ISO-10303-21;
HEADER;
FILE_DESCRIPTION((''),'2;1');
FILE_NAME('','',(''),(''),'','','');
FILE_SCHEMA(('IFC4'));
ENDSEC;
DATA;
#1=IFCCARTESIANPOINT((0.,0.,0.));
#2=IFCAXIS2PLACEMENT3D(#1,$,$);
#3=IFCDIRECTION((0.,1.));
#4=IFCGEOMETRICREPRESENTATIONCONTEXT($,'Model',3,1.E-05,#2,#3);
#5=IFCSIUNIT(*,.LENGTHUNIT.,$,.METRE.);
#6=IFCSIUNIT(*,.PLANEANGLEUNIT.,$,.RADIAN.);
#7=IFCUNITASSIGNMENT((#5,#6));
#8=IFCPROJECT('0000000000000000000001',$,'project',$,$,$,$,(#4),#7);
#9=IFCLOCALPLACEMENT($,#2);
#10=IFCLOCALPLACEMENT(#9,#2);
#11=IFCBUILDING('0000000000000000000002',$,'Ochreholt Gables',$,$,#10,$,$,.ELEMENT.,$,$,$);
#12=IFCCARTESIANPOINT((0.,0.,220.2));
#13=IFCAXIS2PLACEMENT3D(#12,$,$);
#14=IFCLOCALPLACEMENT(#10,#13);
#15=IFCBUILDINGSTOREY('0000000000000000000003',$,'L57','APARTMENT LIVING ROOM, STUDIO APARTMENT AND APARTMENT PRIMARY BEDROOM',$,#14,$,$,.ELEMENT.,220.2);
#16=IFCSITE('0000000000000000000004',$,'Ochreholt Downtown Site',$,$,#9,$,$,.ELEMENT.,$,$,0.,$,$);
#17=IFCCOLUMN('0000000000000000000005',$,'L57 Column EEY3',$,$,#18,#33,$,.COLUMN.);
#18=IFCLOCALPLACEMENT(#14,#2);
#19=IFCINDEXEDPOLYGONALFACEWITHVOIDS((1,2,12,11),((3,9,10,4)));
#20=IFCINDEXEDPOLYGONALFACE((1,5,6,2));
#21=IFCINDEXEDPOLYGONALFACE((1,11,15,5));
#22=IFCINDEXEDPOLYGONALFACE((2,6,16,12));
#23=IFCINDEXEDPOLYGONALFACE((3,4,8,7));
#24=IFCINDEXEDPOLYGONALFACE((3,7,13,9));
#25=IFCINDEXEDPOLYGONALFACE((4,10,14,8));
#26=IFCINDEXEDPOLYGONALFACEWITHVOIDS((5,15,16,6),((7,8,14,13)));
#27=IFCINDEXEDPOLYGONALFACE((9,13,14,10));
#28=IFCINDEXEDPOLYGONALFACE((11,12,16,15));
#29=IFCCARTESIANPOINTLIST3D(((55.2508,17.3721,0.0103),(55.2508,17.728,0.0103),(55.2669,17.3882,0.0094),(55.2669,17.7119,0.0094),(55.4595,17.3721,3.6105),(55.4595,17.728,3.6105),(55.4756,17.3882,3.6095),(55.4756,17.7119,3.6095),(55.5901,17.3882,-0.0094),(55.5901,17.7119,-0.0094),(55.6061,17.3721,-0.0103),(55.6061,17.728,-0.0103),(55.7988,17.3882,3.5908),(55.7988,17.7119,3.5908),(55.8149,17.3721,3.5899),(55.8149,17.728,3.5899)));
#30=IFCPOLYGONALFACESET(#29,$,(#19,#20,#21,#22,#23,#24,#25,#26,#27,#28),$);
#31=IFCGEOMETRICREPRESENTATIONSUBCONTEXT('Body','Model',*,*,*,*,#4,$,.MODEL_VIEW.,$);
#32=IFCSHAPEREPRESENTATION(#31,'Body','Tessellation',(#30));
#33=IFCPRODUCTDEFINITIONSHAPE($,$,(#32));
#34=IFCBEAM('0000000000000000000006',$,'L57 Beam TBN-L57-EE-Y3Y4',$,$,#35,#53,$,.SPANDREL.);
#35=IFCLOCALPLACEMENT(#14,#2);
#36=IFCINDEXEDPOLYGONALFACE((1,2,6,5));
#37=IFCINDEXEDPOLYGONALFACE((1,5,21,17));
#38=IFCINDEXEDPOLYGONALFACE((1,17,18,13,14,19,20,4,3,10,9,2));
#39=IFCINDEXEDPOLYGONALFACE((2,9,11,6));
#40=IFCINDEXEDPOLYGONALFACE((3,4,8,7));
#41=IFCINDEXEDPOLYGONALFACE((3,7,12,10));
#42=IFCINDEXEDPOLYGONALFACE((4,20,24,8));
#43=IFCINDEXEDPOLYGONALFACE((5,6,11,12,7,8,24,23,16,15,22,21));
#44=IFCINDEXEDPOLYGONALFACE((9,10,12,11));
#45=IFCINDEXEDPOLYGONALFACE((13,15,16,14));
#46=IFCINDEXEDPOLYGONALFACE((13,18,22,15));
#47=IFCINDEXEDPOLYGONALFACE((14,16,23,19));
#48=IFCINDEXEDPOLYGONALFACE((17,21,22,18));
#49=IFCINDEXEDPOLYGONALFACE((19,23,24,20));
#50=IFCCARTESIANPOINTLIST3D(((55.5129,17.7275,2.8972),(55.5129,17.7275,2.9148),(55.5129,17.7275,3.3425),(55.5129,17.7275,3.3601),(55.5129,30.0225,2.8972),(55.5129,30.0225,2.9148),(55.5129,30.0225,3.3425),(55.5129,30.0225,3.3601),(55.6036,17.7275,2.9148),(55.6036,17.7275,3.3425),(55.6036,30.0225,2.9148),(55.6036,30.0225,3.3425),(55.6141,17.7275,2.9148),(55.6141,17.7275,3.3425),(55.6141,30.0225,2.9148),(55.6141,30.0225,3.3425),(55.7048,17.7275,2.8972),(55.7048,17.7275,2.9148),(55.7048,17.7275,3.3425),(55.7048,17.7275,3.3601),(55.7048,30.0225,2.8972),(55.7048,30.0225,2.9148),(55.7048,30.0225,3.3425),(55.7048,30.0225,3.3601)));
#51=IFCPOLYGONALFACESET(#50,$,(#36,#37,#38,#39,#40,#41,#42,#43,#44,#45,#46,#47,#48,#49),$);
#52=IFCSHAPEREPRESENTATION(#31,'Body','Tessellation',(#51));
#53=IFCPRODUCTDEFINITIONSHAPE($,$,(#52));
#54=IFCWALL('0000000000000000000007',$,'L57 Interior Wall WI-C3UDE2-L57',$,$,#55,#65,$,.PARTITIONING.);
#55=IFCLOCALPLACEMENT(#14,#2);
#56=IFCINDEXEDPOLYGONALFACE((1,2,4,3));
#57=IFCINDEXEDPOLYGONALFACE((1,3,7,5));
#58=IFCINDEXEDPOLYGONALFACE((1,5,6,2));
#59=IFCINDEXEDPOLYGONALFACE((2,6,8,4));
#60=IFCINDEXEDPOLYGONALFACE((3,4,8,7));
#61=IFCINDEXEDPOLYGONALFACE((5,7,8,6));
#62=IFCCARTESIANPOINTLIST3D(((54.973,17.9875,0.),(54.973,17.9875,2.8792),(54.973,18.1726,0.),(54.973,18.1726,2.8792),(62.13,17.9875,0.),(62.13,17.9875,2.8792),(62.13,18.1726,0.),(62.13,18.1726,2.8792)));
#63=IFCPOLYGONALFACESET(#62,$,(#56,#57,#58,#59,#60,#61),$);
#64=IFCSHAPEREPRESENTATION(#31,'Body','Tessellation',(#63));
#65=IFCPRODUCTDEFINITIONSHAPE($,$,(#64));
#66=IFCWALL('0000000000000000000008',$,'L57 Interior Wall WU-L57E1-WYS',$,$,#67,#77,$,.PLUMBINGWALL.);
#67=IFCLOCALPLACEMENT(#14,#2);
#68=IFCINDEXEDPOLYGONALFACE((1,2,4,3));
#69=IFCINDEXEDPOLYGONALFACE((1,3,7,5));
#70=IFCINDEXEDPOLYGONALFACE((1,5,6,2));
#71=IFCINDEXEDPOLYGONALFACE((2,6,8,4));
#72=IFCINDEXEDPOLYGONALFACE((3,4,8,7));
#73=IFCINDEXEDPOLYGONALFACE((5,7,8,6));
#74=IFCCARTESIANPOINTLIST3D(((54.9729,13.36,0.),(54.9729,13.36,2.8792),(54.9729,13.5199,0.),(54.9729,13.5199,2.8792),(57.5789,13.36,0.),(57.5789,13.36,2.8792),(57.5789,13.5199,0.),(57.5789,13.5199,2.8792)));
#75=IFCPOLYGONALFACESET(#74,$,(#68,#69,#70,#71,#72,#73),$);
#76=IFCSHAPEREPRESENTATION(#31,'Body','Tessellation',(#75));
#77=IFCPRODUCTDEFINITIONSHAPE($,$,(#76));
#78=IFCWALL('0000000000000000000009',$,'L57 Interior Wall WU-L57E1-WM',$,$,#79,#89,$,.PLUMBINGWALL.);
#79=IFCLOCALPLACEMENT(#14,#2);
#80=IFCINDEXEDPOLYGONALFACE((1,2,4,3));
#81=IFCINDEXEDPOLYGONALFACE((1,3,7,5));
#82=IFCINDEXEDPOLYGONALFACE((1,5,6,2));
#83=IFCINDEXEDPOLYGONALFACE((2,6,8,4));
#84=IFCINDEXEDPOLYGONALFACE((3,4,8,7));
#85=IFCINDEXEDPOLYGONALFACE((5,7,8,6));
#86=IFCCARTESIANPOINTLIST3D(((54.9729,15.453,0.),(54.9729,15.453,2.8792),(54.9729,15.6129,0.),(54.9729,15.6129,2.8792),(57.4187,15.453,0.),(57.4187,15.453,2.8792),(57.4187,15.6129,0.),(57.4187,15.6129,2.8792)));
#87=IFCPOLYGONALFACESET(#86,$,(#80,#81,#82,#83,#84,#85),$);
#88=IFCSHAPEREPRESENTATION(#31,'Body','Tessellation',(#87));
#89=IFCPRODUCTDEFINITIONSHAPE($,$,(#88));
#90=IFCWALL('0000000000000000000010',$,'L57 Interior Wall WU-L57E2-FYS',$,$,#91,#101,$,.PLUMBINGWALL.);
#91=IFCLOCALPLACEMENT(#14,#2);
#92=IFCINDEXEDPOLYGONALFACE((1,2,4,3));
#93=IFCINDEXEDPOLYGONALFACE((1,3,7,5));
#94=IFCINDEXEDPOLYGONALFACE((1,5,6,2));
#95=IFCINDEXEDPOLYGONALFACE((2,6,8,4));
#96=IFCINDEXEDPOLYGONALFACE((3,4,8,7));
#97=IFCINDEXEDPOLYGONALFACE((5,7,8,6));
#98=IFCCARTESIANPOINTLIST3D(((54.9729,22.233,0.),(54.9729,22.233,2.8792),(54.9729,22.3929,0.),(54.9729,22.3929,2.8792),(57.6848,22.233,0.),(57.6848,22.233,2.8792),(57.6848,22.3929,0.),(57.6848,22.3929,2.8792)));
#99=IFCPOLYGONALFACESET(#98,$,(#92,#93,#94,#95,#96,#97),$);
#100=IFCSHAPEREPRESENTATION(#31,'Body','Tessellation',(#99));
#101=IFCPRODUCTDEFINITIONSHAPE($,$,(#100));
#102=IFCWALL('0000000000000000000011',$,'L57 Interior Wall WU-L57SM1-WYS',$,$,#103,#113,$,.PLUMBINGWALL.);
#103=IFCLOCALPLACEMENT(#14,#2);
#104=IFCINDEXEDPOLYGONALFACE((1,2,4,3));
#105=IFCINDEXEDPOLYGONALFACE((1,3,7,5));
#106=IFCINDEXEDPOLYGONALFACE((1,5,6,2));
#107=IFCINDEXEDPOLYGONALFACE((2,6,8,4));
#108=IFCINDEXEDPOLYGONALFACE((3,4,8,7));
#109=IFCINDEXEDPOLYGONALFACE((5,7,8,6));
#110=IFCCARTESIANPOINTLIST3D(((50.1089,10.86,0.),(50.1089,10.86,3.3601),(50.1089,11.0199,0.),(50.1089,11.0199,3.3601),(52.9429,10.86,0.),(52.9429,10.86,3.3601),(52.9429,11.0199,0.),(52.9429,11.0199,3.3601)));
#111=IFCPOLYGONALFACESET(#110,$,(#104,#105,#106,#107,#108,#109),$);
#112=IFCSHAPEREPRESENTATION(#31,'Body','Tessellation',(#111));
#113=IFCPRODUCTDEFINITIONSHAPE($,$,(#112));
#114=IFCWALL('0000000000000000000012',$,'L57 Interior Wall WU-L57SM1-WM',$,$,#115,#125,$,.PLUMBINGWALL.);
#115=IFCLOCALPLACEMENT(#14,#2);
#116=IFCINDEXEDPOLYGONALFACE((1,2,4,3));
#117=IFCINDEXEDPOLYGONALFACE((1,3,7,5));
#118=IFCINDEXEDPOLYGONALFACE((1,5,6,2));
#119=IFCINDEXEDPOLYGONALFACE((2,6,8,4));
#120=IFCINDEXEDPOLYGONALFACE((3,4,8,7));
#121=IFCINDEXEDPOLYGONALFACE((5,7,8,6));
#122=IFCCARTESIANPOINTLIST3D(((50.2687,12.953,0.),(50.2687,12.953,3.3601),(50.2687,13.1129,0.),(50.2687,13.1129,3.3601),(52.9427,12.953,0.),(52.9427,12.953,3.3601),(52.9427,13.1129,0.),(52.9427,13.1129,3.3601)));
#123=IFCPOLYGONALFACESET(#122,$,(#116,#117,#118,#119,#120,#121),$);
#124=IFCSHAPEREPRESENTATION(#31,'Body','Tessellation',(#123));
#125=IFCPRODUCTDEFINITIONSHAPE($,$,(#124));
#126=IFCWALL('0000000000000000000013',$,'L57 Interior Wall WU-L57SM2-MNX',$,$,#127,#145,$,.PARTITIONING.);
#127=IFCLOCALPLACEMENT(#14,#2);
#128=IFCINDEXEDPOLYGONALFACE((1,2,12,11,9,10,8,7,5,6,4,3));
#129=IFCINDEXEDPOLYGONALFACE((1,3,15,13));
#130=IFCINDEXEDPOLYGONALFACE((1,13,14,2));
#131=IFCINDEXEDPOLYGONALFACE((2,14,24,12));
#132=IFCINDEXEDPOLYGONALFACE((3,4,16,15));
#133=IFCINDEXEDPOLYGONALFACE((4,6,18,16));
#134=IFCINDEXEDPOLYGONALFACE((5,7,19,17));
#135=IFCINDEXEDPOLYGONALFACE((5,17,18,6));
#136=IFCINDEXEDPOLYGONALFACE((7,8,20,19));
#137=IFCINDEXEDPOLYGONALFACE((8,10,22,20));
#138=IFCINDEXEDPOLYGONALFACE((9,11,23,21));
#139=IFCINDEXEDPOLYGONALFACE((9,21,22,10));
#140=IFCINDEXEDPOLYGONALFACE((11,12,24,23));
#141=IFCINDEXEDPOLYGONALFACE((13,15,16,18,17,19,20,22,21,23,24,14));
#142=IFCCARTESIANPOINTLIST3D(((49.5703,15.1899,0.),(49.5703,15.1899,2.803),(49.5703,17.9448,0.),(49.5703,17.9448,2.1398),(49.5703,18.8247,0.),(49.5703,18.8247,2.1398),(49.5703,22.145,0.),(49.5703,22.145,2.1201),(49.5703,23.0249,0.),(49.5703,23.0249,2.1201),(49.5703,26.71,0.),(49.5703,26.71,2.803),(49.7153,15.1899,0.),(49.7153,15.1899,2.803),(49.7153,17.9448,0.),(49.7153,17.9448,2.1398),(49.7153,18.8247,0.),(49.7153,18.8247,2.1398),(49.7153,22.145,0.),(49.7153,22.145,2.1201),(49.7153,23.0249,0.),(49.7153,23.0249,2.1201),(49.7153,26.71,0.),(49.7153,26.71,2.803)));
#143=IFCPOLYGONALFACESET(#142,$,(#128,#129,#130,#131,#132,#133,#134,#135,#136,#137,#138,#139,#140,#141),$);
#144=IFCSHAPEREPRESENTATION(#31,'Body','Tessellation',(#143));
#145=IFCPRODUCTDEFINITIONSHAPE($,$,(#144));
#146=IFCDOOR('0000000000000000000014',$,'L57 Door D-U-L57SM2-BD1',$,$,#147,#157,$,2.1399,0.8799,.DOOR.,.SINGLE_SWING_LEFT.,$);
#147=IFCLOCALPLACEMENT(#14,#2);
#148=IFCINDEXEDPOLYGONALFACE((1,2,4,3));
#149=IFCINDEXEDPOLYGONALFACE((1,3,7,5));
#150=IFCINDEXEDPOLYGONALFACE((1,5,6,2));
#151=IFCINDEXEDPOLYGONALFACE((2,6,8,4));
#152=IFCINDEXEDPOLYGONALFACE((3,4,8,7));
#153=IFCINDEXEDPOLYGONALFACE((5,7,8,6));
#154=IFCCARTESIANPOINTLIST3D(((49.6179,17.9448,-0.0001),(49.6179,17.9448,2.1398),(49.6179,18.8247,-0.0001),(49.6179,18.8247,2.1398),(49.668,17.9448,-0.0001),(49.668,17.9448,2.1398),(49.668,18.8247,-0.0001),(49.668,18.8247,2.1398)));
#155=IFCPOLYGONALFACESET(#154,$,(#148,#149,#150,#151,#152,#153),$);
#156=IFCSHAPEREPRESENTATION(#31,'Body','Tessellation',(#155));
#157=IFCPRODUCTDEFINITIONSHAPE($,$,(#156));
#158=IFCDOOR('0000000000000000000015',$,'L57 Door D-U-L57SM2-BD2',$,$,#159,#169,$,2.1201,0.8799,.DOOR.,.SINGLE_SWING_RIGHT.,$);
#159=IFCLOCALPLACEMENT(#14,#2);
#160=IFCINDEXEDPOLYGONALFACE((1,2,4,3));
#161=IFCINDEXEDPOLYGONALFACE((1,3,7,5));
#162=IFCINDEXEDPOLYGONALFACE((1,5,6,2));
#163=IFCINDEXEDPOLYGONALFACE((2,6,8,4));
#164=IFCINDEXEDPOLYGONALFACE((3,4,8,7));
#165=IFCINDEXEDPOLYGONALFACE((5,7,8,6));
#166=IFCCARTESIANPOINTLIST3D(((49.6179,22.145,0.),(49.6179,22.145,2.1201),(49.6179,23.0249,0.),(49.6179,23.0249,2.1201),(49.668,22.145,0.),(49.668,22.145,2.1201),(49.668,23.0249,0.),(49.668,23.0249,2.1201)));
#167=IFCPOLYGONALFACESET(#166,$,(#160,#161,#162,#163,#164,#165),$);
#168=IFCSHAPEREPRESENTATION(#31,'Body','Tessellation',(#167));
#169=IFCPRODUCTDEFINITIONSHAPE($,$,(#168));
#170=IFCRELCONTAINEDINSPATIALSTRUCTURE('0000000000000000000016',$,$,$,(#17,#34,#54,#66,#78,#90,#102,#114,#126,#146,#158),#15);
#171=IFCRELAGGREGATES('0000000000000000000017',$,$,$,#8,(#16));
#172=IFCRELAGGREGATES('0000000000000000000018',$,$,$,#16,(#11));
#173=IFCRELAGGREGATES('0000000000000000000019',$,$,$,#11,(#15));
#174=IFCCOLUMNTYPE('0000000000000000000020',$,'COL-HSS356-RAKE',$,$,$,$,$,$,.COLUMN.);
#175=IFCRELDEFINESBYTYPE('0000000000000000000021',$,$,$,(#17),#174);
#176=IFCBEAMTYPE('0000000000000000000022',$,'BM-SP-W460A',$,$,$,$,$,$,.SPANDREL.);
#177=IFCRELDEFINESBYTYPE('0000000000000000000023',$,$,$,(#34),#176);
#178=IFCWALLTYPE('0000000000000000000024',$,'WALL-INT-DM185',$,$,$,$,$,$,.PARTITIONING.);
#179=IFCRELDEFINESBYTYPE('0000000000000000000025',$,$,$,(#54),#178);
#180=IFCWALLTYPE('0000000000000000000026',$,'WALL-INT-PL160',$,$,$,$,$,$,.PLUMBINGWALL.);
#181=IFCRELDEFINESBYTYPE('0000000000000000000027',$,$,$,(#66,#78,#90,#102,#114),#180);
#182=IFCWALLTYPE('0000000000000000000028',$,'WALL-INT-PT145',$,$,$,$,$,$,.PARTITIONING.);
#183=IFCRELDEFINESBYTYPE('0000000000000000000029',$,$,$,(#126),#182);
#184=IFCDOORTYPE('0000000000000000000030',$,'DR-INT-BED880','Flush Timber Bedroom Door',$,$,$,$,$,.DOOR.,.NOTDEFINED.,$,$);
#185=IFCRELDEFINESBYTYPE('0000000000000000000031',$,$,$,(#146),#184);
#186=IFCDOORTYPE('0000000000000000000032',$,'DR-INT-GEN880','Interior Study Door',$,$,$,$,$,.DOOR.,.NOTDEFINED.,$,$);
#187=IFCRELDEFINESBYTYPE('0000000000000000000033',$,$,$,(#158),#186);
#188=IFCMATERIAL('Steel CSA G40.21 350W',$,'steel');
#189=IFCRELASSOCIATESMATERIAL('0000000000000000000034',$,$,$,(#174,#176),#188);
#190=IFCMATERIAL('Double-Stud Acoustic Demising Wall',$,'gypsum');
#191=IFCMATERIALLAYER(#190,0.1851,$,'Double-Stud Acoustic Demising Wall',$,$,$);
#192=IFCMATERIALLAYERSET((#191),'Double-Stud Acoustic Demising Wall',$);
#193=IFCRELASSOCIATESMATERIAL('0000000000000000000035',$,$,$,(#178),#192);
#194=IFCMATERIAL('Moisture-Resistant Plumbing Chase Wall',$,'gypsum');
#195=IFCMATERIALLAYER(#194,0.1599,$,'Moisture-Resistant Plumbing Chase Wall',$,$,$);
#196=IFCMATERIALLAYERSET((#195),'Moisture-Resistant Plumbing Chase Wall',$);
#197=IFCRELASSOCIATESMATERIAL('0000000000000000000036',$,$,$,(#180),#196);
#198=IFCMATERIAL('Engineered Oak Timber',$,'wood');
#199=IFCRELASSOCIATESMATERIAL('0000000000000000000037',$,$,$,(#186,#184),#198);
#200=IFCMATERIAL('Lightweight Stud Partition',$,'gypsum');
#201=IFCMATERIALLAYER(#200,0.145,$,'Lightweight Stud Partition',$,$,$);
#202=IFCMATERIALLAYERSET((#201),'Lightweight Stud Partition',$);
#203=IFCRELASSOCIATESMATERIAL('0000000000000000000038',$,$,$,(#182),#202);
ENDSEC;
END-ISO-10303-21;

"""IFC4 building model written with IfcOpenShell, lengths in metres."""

from ifc_helpers import new_model, si_unit, direction, frame, frame_2d, origin, origin_2d, place, context, subcontext, project, spatial, rectangle, hollow_rectangle, i_section, extrude, material, layer, layer_set, material_profile, profile_set, type_object, element, fill, save


model = new_model("IFC4")

# Units and contexts
model_context = context("Model", 3, precision=1e-05, world=origin(), true_north=direction((0.0, 1.0)))
body_context = subcontext(model_context, "Body", "Model", "MODEL_VIEW")
ifc_project = project(units=[si_unit("LENGTHUNIT", "METRE"), si_unit("PLANEANGLEUNIT", "RADIAN")], contexts=[model_context])

# Site, building, storey
site_placement = place(None, origin())
site = spatial("IfcSite", under=ifc_project, at=site_placement, Name="Ochreholt Downtown Site", CompositionType="ELEMENT", RefElevation=0.0)
building_placement = place(site_placement, origin())
building = spatial("IfcBuilding", under=site, at=building_placement, Name="Ochreholt Gables", CompositionType="ELEMENT")
storey_placement = place(building_placement, frame((0.0, 0.0, 220.2)))
storey = spatial("IfcBuildingStorey", under=building, at=storey_placement, Name="L57", Description="APARTMENT LIVING ROOM, STUDIO APARTMENT AND APARTMENT PRIMARY BEDROOM", CompositionType="ELEMENT", Elevation=220.2)

# Column
ifc_material_1 = material(Name="Steel CSA G40.21 350W", Category="steel")
ifc_material_profile_1 = material_profile(ifc_material_1, hollow_rectangle(XDim=0.356, YDim=0.356, WallThickness=0.0161, at=origin_2d()), Name="HSS356X356X16")
ifc_profile_set_1 = profile_set([ifc_material_profile_1], Name="Steel CSA G40.21 350W")
column_type = type_object("IfcColumnType", Name="COL-HSS356-RAKE", PredefinedType="COLUMN", material=ifc_profile_set_1)
column_placement = place(storey_placement, frame((55.4285, 17.55, 0.0), z_axis=(0.057885, 0.0, 0.998323), x_axis=(0.0, 1.0, 0.0)))
element("IfcColumn", 1, at=column_placement, inside=storey, type_object=column_type, Name="L57 Column EEY3", PredefinedType="COLUMN", context=body_context, shape_type="SweptSolid", body=[
    extrude(hollow_rectangle(XDim=0.356, YDim=0.356, WallThickness=0.0161, at=origin_2d()), origin(), (0.0, 0.0, 1.0), 3.6062),
])

# Beam
ifc_material_profile_2 = material_profile(ifc_material_1, i_section(OverallWidth=0.1919, OverallDepth=0.4629, WebThickness=0.0105, FlangeThickness=0.0176, at=origin_2d()), Name="W460X89")
ifc_profile_set_2 = profile_set([ifc_material_profile_2], Name="Steel CSA G40.21 350W")
beam_type = type_object("IfcBeamType", Name="BM-SP-W460A", PredefinedType="SPANDREL", material=ifc_profile_set_2)
beam_placement = place(storey_placement, frame((55.6089, 17.7275, 3.1287), z_axis=(0.0, 1.0, 0.0), x_axis=(-1.0, 0.0, 0.0)))
element("IfcBeam", 2, at=beam_placement, inside=storey, type_object=beam_type, Name="L57 Beam TBN-L57-EE-Y3Y4", PredefinedType="SPANDREL", context=body_context, shape_type="SweptSolid", body=[
    extrude(i_section(OverallWidth=0.1919, OverallDepth=0.4629, WebThickness=0.0105, FlangeThickness=0.0176, at=origin_2d()), origin(), (0.0, 0.0, 1.0), 12.2949),
])

# Walls
ifc_material_2 = material(Name="Double-Stud Acoustic Demising Wall", Category="gypsum")
ifc_layer_1 = layer(ifc_material_2, 0.1851, Name="Double-Stud Acoustic Demising Wall")
ifc_layer_set_1 = layer_set([ifc_layer_1], Name="Double-Stud Acoustic Demising Wall")
wall_type_1 = type_object("IfcWallType", Name="WALL-INT-DM185", PredefinedType="PARTITIONING", material=ifc_layer_set_1)
wall_1_placement = place(storey_placement, frame((54.9729, 18.0801, 0.0), z_axis=(0.0, 0.0, 1.0), x_axis=(1.0, 0.0, 0.0)))
element("IfcWall", 3, at=wall_1_placement, inside=storey, type_object=wall_type_1, Name="L57 Interior Wall WI-C3UDE2-L57", PredefinedType="PARTITIONING", context=body_context, shape_type="SweptSolid", body=[
    extrude(rectangle(XDim=7.157, YDim=0.1851, at=frame_2d((3.5786, 0.0))), origin(), (0.0, 0.0, 1.0), 2.8792),
])
ifc_material_3 = material(Name="Moisture-Resistant Plumbing Chase Wall", Category="gypsum")
ifc_layer_2 = layer(ifc_material_3, 0.1599, Name="Moisture-Resistant Plumbing Chase Wall")
ifc_layer_set_2 = layer_set([ifc_layer_2], Name="Moisture-Resistant Plumbing Chase Wall")
wall_type_2 = type_object("IfcWallType", Name="WALL-INT-PL160", PredefinedType="PLUMBINGWALL", material=ifc_layer_set_2)
wall_2_placement = place(storey_placement, frame((54.9729, 13.4399, 0.0), z_axis=(0.0, 0.0, 1.0), x_axis=(1.0, 0.0, 0.0)))
element("IfcWall", 4, at=wall_2_placement, inside=storey, type_object=wall_type_2, Name="L57 Interior Wall WU-L57E1-WYS", PredefinedType="PLUMBINGWALL", context=body_context, shape_type="SweptSolid", body=[
    extrude(rectangle(XDim=2.606, YDim=0.1599, at=frame_2d((1.303, 0.0))), origin(), (0.0, 0.0, 1.0), 2.8792),
])

# Shared definitions
ifc_material_4 = material(Name="Engineered Oak Timber", Category="wood")
door_type_1 = type_object("IfcDoorType", Name="DR-INT-GEN880", Description="Interior Study Door", OperationType="NOTDEFINED", PredefinedType="DOOR", material=ifc_material_4)

# Walls
wall_3_placement = place(storey_placement, frame((54.9729, 15.533, 0.0), z_axis=(0.0, 0.0, 1.0), x_axis=(1.0, 0.0, 0.0)))
element("IfcWall", 5, at=wall_3_placement, inside=storey, type_object=wall_type_2, Name="L57 Interior Wall WU-L57E1-WM", PredefinedType="PLUMBINGWALL", context=body_context, shape_type="SweptSolid", body=[
    extrude(rectangle(XDim=2.4458, YDim=0.1599, at=frame_2d((1.2229, 0.0))), origin(), (0.0, 0.0, 1.0), 2.8792),
])
wall_4_placement = place(storey_placement, frame((54.9729, 22.313, 0.0), z_axis=(0.0, 0.0, 1.0), x_axis=(1.0, 0.0, 0.0)))
element("IfcWall", 6, at=wall_4_placement, inside=storey, type_object=wall_type_2, Name="L57 Interior Wall WU-L57E2-FYS", PredefinedType="PLUMBINGWALL", context=body_context, shape_type="SweptSolid", body=[
    extrude(rectangle(XDim=2.7119, YDim=0.1599, at=frame_2d((1.356, 0.0))), origin(), (0.0, 0.0, 1.0), 2.8792),
])

# Walls
wall_5_placement = place(storey_placement, frame((50.1089, 10.9399, 0.0), z_axis=(0.0, 0.0, 1.0), x_axis=(1.0, 0.0, 0.0)))
element("IfcWall", 7, at=wall_5_placement, inside=storey, type_object=wall_type_2, Name="L57 Interior Wall WU-L57SM1-WYS", PredefinedType="PLUMBINGWALL", context=body_context, shape_type="SweptSolid", body=[
    extrude(rectangle(XDim=2.834, YDim=0.1599, at=frame_2d((1.417, 0.0))), origin(), (0.0, 0.0, 1.0), 3.3601),
])
wall_6_placement = place(storey_placement, frame((50.2688, 13.033, 0.0), z_axis=(0.0, 0.0, 1.0), x_axis=(1.0, 0.0, 0.0)))
element("IfcWall", 8, at=wall_6_placement, inside=storey, type_object=wall_type_2, Name="L57 Interior Wall WU-L57SM1-WM", PredefinedType="PLUMBINGWALL", context=body_context, shape_type="SweptSolid", body=[
    extrude(rectangle(XDim=2.6741, YDim=0.1599, at=frame_2d((1.3369, 0.0))), origin(), (0.0, 0.0, 1.0), 3.3601),
])

# Wall, openings, doors
ifc_material_5 = material(Name="Lightweight Stud Partition", Category="gypsum")
ifc_layer_3 = layer(ifc_material_5, 0.145, Name="Lightweight Stud Partition")
ifc_layer_set_3 = layer_set([ifc_layer_3], Name="Lightweight Stud Partition")
wall_type_3 = type_object("IfcWallType", Name="WALL-INT-PT145", PredefinedType="PARTITIONING", material=ifc_layer_set_3)
wall_7_placement = place(storey_placement, frame((49.6428, 15.1899, 0.0), z_axis=(0.0, 0.0, 1.0), x_axis=(0.0, 1.0, 0.0)))
wall_7 = element("IfcWall", 9, at=wall_7_placement, inside=storey, type_object=wall_type_3, Name="L57 Interior Wall WU-L57SM2-MNX", PredefinedType="PARTITIONING", context=body_context, shape_type="SweptSolid", body=[
    extrude(rectangle(XDim=11.52, YDim=0.145, at=frame_2d((5.76, 0.0))), origin(), (0.0, 0.0, 1.0), 2.803),
])
opening_1_placement = place(wall_7_placement, frame((2.7549, 0.0, 0.0)))
opening_1 = element("IfcOpeningElement", 10, at=opening_1_placement, cuts=wall_7, PredefinedType="OPENING", context=body_context, shape_type="SweptSolid", body=[
    extrude(rectangle(XDim=0.8799, YDim=2.1399, at=frame_2d((0.4399, 1.0698))), frame((0.0, 0.0825, 0.0), z_axis=(0.0, -1.0, 0.0), x_axis=(1.0, 0.0, 0.0)), (0.0, 0.0, 1.0), 0.165),
])
opening_2_placement = place(wall_7_placement, frame((6.9551, 0.0, 0.0)))
opening_2 = element("IfcOpeningElement", 11, at=opening_2_placement, cuts=wall_7, PredefinedType="OPENING", context=body_context, shape_type="SweptSolid", body=[
    extrude(rectangle(XDim=0.8799, YDim=2.1201, at=frame_2d((0.4399, 1.0601))), frame((0.0, 0.0825, 0.0), z_axis=(0.0, -1.0, 0.0), x_axis=(1.0, 0.0, 0.0)), (0.0, 0.0, 1.0), 0.165),
])
door_type_2 = type_object("IfcDoorType", Name="DR-INT-BED880", Description="Flush Timber Bedroom Door", OperationType="NOTDEFINED", PredefinedType="DOOR", material=ifc_material_4)
door_1_placement = place(opening_1_placement, origin())
door_1 = element("IfcDoor", 12, at=door_1_placement, inside=storey, type_object=door_type_2, Name="L57 Door D-U-L57SM2-BD1", OperationType="SINGLE_SWING_LEFT", OverallHeight=2.1399, OverallWidth=0.8799, PredefinedType="DOOR", context=body_context, shape_type="SweptSolid", body=[
    extrude(rectangle(XDim=0.8799, YDim=2.1399, at=frame_2d((0.4399, 1.0698))), frame((0.0, 0.0249, 0.0), z_axis=(0.0, -1.0, 0.0), x_axis=(1.0, 0.0, 0.0)), (0.0, 0.0, 1.0), 0.05),
])
fill(opening_1, door_1)
door_2_placement = place(opening_2_placement, origin())
door_2 = element("IfcDoor", 13, at=door_2_placement, inside=storey, type_object=door_type_1, Name="L57 Door D-U-L57SM2-BD2", OperationType="SINGLE_SWING_RIGHT", OverallHeight=2.1201, OverallWidth=0.8799, PredefinedType="DOOR", context=body_context, shape_type="SweptSolid", body=[
    extrude(rectangle(XDim=0.8799, YDim=2.1201, at=frame_2d((0.4399, 1.0601))), frame((0.0, 0.0249, 0.0), z_axis=(0.0, -1.0, 0.0), x_axis=(1.0, 0.0, 0.0)), (0.0, 0.0, 1.0), 0.05),
])
fill(opening_2, door_2)

save(model, "model.ifc")
